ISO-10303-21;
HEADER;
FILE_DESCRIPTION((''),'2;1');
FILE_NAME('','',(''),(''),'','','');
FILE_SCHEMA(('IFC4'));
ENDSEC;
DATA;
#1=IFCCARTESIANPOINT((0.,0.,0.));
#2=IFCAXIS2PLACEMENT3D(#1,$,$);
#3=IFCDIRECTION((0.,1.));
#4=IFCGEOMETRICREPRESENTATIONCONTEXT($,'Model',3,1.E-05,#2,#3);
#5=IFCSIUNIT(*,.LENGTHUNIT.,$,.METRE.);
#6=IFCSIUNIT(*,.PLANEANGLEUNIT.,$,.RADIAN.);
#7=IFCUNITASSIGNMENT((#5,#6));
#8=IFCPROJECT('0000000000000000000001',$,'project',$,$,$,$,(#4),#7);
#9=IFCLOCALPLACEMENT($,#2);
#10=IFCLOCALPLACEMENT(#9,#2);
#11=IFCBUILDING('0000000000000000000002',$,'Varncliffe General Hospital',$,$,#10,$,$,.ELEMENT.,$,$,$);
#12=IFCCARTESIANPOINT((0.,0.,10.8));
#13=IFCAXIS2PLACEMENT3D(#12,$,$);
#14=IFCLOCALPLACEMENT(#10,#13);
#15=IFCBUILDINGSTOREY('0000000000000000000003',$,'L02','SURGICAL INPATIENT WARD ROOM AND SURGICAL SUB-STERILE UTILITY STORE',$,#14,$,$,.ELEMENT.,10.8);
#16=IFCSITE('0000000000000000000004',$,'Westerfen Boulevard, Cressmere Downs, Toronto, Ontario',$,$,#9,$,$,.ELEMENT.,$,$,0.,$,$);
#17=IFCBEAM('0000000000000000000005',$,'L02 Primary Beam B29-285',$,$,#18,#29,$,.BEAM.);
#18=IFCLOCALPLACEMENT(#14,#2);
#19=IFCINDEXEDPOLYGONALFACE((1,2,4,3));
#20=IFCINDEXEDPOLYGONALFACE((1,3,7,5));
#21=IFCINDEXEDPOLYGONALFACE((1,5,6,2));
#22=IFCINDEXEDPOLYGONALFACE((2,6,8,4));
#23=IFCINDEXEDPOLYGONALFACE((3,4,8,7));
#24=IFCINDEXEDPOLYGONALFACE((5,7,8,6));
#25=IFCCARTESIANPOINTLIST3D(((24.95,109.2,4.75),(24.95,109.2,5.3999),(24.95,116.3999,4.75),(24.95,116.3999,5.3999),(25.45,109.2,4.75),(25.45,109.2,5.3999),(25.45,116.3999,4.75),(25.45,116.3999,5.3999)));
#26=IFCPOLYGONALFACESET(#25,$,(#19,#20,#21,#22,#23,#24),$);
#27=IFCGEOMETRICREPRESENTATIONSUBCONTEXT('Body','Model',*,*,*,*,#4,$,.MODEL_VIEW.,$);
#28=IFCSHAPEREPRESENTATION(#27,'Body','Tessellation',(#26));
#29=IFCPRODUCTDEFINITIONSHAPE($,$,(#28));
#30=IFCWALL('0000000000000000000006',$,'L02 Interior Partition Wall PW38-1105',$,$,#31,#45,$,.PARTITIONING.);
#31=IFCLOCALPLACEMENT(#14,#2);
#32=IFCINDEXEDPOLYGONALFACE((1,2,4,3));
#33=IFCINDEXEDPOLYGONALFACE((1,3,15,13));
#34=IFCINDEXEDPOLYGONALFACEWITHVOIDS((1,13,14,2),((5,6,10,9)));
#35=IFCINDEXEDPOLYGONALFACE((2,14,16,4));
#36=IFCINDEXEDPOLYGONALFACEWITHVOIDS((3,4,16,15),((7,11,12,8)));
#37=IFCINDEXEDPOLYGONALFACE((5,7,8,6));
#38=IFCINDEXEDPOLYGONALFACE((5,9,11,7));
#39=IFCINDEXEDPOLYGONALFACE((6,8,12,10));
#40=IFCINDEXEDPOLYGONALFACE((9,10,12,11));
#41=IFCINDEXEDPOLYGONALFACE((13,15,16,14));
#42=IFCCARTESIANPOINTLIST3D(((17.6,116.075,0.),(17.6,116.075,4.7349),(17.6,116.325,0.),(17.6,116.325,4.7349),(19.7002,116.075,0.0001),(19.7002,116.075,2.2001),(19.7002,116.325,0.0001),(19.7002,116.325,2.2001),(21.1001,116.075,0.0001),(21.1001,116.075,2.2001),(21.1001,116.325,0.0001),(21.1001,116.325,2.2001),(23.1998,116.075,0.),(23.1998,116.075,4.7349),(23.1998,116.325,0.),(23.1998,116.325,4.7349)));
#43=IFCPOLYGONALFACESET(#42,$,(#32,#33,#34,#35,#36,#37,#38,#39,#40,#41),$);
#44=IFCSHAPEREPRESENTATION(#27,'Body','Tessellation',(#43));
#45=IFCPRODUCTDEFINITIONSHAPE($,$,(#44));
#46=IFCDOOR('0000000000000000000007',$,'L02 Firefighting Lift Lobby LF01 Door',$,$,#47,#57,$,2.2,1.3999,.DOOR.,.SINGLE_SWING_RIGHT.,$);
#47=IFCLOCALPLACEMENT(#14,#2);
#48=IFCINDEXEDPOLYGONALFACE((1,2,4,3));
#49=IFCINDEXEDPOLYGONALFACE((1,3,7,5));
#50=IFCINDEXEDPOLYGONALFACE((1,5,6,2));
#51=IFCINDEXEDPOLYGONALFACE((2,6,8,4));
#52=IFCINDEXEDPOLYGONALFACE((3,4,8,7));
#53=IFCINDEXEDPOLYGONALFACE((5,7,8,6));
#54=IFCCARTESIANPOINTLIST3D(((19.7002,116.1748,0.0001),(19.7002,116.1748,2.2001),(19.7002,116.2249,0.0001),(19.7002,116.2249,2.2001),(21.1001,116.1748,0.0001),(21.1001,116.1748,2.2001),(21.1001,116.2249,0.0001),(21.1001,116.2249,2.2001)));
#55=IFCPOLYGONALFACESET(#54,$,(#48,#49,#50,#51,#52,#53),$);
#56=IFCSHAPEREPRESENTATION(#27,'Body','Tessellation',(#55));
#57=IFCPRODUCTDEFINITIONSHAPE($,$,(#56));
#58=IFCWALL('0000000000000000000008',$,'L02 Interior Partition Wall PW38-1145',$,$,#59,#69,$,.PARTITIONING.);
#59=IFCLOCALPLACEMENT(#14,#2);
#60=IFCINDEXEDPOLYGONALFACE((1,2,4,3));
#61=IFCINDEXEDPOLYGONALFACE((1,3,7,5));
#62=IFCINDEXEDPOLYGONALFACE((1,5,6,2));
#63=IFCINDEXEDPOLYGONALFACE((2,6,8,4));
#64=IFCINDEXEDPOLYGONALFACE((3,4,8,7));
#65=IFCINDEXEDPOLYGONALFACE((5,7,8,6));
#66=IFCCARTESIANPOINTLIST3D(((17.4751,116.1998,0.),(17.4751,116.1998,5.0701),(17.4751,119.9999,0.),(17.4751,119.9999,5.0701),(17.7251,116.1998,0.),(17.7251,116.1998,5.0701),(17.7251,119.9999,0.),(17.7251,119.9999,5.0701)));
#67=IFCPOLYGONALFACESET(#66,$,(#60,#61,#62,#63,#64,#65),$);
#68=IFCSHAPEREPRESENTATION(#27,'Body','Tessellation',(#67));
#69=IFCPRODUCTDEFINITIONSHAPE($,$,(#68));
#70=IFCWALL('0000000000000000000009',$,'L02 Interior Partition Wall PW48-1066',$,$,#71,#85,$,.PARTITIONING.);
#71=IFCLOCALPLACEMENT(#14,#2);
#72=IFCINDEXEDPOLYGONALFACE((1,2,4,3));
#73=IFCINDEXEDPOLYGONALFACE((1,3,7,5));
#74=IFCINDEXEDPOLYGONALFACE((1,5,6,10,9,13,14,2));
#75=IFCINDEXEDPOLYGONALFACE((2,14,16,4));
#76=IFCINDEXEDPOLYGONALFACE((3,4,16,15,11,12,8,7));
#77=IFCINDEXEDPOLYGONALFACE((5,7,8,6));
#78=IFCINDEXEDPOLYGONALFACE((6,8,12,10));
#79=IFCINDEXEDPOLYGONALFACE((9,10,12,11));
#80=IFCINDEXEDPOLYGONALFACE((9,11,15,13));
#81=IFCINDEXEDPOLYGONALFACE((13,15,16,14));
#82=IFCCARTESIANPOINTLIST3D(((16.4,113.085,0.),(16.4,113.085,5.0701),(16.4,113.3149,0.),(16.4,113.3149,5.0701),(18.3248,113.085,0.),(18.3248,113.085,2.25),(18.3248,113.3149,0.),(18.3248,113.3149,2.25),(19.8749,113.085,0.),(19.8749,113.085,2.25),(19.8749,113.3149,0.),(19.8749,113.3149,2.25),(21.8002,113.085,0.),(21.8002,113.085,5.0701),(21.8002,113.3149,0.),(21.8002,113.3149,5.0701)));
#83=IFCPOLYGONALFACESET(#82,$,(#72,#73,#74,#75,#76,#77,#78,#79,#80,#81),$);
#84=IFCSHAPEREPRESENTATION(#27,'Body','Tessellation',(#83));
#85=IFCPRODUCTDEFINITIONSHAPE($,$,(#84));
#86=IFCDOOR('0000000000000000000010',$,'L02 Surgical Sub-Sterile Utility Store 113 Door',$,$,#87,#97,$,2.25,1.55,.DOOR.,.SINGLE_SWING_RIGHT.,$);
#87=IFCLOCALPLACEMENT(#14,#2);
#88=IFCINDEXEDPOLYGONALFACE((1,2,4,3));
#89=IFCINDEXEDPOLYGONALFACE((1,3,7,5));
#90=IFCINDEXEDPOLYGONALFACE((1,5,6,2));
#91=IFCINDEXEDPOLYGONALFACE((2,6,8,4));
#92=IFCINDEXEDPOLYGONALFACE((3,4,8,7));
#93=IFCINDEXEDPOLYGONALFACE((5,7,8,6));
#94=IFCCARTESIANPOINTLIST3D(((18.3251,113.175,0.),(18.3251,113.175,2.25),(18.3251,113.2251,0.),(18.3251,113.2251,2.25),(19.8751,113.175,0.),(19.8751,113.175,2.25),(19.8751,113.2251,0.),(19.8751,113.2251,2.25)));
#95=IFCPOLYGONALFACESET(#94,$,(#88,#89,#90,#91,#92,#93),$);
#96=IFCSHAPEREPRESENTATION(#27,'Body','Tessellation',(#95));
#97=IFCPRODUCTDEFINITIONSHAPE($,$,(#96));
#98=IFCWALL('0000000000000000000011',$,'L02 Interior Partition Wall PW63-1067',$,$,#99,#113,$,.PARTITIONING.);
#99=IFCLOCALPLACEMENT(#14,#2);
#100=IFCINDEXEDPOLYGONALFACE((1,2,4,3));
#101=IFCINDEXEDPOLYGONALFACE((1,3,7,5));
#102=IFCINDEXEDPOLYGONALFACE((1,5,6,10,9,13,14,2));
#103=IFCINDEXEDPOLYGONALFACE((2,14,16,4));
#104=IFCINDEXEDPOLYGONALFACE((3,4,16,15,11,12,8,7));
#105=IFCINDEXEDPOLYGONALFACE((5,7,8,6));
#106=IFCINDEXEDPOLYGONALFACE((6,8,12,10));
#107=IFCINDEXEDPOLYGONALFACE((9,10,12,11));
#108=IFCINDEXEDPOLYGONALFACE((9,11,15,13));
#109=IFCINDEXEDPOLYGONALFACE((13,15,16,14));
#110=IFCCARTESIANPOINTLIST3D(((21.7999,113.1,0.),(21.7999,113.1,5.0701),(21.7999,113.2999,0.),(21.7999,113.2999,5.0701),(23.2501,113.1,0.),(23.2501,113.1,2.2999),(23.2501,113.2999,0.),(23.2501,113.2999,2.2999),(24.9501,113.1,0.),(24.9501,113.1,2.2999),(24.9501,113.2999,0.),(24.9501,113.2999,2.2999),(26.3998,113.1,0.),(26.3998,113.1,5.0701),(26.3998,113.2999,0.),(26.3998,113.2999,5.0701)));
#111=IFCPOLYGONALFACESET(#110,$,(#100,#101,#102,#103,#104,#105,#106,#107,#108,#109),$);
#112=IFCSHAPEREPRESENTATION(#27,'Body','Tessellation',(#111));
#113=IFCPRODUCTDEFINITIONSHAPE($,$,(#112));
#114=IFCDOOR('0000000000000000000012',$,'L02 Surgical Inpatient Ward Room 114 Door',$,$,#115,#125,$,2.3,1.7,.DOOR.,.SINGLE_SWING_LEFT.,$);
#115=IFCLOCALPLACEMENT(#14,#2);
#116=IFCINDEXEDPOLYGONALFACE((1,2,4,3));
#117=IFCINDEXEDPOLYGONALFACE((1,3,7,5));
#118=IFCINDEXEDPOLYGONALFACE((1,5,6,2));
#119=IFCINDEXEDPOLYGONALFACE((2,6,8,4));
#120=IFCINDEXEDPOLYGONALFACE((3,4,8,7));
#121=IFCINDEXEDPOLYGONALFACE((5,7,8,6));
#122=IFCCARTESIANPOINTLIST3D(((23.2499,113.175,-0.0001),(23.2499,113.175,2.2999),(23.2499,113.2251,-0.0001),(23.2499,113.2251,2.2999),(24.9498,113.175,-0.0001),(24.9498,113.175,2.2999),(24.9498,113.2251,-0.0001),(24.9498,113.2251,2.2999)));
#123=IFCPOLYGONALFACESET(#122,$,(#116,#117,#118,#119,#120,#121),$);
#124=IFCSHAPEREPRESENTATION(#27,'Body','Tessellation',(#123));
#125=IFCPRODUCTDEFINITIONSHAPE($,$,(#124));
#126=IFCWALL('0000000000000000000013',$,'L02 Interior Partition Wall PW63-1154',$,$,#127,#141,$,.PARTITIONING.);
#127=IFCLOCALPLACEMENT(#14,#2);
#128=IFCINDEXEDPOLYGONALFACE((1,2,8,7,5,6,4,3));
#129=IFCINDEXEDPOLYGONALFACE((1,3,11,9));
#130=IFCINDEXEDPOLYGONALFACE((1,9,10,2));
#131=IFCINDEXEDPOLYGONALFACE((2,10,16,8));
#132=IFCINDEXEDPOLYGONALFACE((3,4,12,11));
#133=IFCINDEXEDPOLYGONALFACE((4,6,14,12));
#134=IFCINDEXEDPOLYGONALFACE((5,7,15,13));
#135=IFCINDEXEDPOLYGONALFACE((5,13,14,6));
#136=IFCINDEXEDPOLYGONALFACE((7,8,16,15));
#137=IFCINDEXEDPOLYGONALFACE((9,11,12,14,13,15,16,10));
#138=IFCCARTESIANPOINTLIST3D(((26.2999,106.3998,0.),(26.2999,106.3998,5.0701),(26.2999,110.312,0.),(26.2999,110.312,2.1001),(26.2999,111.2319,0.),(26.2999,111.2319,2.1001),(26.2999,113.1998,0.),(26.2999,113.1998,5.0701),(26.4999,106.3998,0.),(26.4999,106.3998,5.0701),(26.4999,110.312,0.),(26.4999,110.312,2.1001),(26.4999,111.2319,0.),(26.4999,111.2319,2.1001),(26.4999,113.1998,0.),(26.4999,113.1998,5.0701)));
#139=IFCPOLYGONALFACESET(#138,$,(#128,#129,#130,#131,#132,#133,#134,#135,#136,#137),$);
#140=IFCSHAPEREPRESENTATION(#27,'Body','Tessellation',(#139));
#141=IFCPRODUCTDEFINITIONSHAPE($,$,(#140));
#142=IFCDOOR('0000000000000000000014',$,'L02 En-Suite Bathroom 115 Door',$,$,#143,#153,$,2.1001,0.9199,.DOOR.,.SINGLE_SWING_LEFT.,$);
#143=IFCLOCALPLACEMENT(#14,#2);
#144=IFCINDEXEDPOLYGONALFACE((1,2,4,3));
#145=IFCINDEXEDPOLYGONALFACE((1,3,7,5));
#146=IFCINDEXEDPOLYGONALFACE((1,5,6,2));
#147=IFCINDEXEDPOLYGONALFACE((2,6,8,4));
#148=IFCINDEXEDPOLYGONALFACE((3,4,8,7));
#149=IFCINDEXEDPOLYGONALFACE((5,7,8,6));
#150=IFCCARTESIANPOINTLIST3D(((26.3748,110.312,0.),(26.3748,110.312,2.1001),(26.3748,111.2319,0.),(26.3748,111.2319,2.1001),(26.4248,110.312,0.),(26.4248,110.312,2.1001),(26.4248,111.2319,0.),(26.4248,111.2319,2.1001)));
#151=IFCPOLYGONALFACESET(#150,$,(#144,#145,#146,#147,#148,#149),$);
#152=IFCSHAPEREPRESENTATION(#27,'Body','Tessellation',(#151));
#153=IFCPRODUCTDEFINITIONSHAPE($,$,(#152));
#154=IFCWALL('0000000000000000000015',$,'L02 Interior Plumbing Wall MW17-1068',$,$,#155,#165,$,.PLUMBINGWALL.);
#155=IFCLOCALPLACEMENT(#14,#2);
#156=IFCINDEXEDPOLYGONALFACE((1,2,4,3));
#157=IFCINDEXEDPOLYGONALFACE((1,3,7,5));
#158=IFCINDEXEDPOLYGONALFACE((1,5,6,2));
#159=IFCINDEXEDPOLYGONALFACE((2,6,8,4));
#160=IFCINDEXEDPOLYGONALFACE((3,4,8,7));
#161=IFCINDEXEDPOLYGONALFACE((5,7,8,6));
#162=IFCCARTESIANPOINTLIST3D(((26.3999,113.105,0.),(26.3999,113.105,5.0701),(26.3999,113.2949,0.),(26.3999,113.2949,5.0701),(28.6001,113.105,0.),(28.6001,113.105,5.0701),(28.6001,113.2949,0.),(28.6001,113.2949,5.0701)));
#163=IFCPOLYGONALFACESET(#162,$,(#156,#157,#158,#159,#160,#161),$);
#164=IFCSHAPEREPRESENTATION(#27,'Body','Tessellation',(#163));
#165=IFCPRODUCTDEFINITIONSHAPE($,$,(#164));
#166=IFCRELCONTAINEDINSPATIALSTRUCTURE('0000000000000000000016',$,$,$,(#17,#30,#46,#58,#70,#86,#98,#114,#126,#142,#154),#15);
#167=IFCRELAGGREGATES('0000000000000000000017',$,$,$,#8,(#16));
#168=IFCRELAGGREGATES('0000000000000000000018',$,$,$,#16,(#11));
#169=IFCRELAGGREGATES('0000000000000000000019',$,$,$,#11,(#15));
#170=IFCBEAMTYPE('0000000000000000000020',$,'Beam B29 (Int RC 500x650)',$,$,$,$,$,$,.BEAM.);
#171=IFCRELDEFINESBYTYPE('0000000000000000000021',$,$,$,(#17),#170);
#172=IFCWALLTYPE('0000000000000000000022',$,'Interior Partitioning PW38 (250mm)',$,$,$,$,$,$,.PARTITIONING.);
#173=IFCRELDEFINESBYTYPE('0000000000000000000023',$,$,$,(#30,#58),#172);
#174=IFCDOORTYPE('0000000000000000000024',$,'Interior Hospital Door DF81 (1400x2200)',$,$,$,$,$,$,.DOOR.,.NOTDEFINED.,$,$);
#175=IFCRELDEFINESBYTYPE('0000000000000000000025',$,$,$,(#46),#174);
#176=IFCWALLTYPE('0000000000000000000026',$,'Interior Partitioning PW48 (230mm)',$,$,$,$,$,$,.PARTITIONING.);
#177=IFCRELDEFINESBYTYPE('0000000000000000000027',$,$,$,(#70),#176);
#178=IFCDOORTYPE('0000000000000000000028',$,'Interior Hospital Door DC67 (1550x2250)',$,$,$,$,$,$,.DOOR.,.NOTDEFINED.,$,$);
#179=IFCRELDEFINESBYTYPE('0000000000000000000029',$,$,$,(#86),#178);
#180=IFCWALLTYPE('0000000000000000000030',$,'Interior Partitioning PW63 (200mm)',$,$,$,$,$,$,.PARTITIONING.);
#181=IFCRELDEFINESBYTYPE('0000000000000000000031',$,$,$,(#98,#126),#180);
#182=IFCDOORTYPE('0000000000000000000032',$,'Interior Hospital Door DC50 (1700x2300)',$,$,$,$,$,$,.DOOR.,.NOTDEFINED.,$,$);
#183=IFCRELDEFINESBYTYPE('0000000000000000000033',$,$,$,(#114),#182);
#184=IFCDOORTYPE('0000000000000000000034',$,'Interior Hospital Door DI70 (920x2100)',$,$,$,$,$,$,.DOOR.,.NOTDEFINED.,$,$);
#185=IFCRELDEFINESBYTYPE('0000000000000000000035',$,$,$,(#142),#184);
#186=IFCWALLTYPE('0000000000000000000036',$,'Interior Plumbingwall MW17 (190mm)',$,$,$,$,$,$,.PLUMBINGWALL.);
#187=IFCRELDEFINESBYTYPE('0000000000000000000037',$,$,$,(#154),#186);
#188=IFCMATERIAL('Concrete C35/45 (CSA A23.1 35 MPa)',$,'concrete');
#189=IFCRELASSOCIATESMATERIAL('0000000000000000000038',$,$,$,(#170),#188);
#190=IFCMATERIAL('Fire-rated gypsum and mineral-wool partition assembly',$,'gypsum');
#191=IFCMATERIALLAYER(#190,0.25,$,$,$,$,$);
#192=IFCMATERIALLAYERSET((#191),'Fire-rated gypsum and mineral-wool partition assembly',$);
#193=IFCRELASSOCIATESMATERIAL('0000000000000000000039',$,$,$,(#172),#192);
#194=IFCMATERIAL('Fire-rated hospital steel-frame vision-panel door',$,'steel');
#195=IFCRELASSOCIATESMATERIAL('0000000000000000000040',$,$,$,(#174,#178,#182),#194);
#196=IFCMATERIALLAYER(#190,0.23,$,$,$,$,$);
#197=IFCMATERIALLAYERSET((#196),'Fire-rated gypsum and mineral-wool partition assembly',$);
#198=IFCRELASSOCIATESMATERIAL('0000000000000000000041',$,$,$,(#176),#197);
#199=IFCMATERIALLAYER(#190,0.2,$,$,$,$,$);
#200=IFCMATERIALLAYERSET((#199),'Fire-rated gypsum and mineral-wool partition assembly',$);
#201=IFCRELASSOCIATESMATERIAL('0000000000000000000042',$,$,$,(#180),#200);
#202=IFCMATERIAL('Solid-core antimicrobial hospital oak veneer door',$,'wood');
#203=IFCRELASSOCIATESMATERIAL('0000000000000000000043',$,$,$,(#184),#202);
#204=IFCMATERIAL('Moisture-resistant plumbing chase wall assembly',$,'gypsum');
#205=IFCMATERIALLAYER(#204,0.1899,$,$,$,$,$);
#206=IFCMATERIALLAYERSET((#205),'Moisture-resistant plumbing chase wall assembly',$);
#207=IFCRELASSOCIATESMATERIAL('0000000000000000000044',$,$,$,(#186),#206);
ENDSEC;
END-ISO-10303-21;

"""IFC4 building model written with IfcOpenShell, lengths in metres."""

from ifc_helpers import new_model, si_unit, direction, frame, frame_2d, origin, origin_2d, place, context, subcontext, project, spatial, rectangle, extrude, material, layer, layer_set, material_profile, profile_set, type_object, element, fill, save


model = new_model("IFC4")

# Units and contexts
model_context = context("Model", 3, precision=1e-05, world=origin(), true_north=direction((0.0, 1.0)))
body_context = subcontext(model_context, "Body", "Model", "MODEL_VIEW")
ifc_project = project(units=[si_unit("LENGTHUNIT", "METRE"), si_unit("PLANEANGLEUNIT", "RADIAN")], contexts=[model_context])

# Site, building, storey
site_placement = place(None, origin())
site = spatial("IfcSite", under=ifc_project, at=site_placement, Name="Westerfen Boulevard, Cressmere Downs, Toronto, Ontario", CompositionType="ELEMENT", RefElevation=0.0)
building_placement = place(site_placement, origin())
building = spatial("IfcBuilding", under=site, at=building_placement, Name="Varncliffe General Hospital", CompositionType="ELEMENT")
storey_placement = place(building_placement, frame((0.0, 0.0, 10.8)))
storey = spatial("IfcBuildingStorey", under=building, at=storey_placement, Name="L02", Description="SURGICAL INPATIENT WARD ROOM AND SURGICAL SUB-STERILE UTILITY STORE", CompositionType="ELEMENT", Elevation=10.8)

# Beam
ifc_material_1 = material(Name="Concrete C35/45 (CSA A23.1 35 MPa)", Category="concrete")
ifc_material_profile_1 = material_profile(ifc_material_1, rectangle(XDim=0.5, YDim=0.6499, at=origin_2d()), Name="RC 500x650")
ifc_profile_set_1 = profile_set([ifc_material_profile_1], Name="Concrete C35/45 (CSA A23.1 35 MPa)")
beam_type = type_object("IfcBeamType", Name="Beam B29 (Int RC 500x650)", PredefinedType="BEAM", material=ifc_profile_set_1)
beam_1_placement = place(storey_placement, frame((25.2, 109.2, 5.075), z_axis=(0.0, 1.0, 0.0), x_axis=(-1.0, 0.0, 0.0)))
element("IfcBeam", 1, at=beam_1_placement, inside=storey, type_object=beam_type, Name="L02 Primary Beam B29-285", PredefinedType="BEAM", context=body_context, shape_type="SweptSolid", body=[
    extrude(rectangle(XDim=0.5, YDim=0.6499, at=origin_2d()), origin(), (0.0, 0.0, 1.0), 7.2),
])

# Wall, opening, door
ifc_material_2 = material(Name="Fire-rated gypsum and mineral-wool partition assembly", Category="gypsum")
ifc_layer_1 = layer(ifc_material_2, 0.25)
ifc_layer_set_1 = layer_set([ifc_layer_1], Name="Fire-rated gypsum and mineral-wool partition assembly")
wall_type_1 = type_object("IfcWallType", Name="Interior Partitioning PW38 (250mm)", PredefinedType="PARTITIONING", material=ifc_layer_set_1)
wall_1_placement = place(storey_placement, frame((17.6001, 116.2, 0.0), z_axis=(0.0, 0.0, 1.0), x_axis=(1.0, 0.0, 0.0)))
wall_1 = element("IfcWall", 2, at=wall_1_placement, inside=storey, type_object=wall_type_1, Name="L02 Interior Partition Wall PW38-1105", PredefinedType="PARTITIONING", context=body_context, shape_type="SweptSolid", body=[
    extrude(rectangle(XDim=5.5999, YDim=0.25, at=frame_2d((2.7998, 0.0))), origin(), (0.0, 0.0, 1.0), 4.7349),
])
opening_1_placement = place(wall_1_placement, frame((2.1001, 0.0, 0.0)))
opening_1 = element("IfcOpeningElement", 3, at=opening_1_placement, cuts=wall_1, PredefinedType="OPENING", context=body_context, shape_type="SweptSolid", body=[
    extrude(rectangle(XDim=1.3999, YDim=2.2, at=frame_2d((0.7, 1.1001))), frame((0.0, 0.135, 0.0), z_axis=(0.0, -1.0, 0.0), x_axis=(1.0, 0.0, 0.0)), (0.0, 0.0, 1.0), 0.27),
])
ifc_material_3 = material(Name="Fire-rated hospital steel-frame vision-panel door", Category="steel")
door_type_1 = type_object("IfcDoorType", Name="Interior Hospital Door DF81 (1400x2200)", OperationType="NOTDEFINED", PredefinedType="DOOR", material=ifc_material_3)
door_1_placement = place(opening_1_placement, origin())
door_1 = element("IfcDoor", 4, at=door_1_placement, inside=storey, type_object=door_type_1, Name="L02 Firefighting Lift Lobby LF01 Door", OperationType="SINGLE_SWING_RIGHT", OverallHeight=2.2, OverallWidth=1.3999, PredefinedType="DOOR", context=body_context, shape_type="SweptSolid", body=[
    extrude(rectangle(XDim=1.3999, YDim=2.2, at=frame_2d((0.7, 1.1001))), frame((0.0, 0.0249, 0.0), z_axis=(0.0, -1.0, 0.0), x_axis=(1.0, 0.0, 0.0)), (0.0, 0.0, 1.0), 0.05),
])
fill(opening_1, door_1)

# Wall
wall_2_placement = place(storey_placement, frame((17.6001, 116.2, 0.0), z_axis=(0.0, 0.0, 1.0), x_axis=(0.0, 1.0, 0.0)))
element("IfcWall", 5, at=wall_2_placement, inside=storey, type_object=wall_type_1, Name="L02 Interior Partition Wall PW38-1145", PredefinedType="PARTITIONING", context=body_context, shape_type="SweptSolid", body=[
    extrude(rectangle(XDim=3.8, YDim=0.25, at=frame_2d((1.8999, 0.0))), origin(), (0.0, 0.0, 1.0), 5.0701),
])

# Walls, openings, doors
ifc_layer_2 = layer(ifc_material_2, 0.23)
ifc_layer_set_2 = layer_set([ifc_layer_2], Name="Fire-rated gypsum and mineral-wool partition assembly")
wall_type_2 = type_object("IfcWallType", Name="Interior Partitioning PW48 (230mm)", PredefinedType="PARTITIONING", material=ifc_layer_set_2)
wall_3_placement = place(storey_placement, frame((16.3999, 113.2, 0.0), z_axis=(0.0, 0.0, 1.0), x_axis=(1.0, 0.0, 0.0)))
wall_3 = element("IfcWall", 6, at=wall_3_placement, inside=storey, type_object=wall_type_2, Name="L02 Interior Partition Wall PW48-1066", PredefinedType="PARTITIONING", context=body_context, shape_type="SweptSolid", body=[
    extrude(rectangle(XDim=5.4001, YDim=0.23, at=frame_2d((2.7002, 0.0))), origin(), (0.0, 0.0, 1.0), 5.0701),
])
opening_2_placement = place(wall_3_placement, frame((1.925, 0.0, 0.0)))
opening_2 = element("IfcOpeningElement", 7, at=opening_2_placement, cuts=wall_3, PredefinedType="OPENING", context=body_context, shape_type="SweptSolid", body=[
    extrude(rectangle(XDim=1.55, YDim=2.25, at=frame_2d((0.7749, 1.125))), frame((0.0, 0.125, 0.0), z_axis=(0.0, -1.0, 0.0), x_axis=(1.0, 0.0, 0.0)), (0.0, 0.0, 1.0), 0.25),
])
door_type_2 = type_object("IfcDoorType", Name="Interior Hospital Door DC67 (1550x2250)", OperationType="NOTDEFINED", PredefinedType="DOOR", material=ifc_material_3)
door_2_placement = place(opening_2_placement, frame((1.55, 0.0, 0.0), z_axis=(0.0, 0.0, 1.0), x_axis=(-1.0, 0.0, 0.0)))
door_2 = element("IfcDoor", 8, at=door_2_placement, inside=storey, type_object=door_type_2, Name="L02 Surgical Sub-Sterile Utility Store 113 Door", OperationType="SINGLE_SWING_RIGHT", OverallHeight=2.25, OverallWidth=1.55, PredefinedType="DOOR", context=body_context, shape_type="SweptSolid", body=[
    extrude(rectangle(XDim=1.55, YDim=2.25, at=frame_2d((0.7749, 1.125))), frame((0.0, 0.0249, 0.0), z_axis=(0.0, -1.0, 0.0), x_axis=(1.0, 0.0, 0.0)), (0.0, 0.0, 1.0), 0.05),
])
fill(opening_2, door_2)
ifc_layer_3 = layer(ifc_material_2, 0.2)
ifc_layer_set_3 = layer_set([ifc_layer_3], Name="Fire-rated gypsum and mineral-wool partition assembly")
wall_type_3 = type_object("IfcWallType", Name="Interior Partitioning PW63 (200mm)", PredefinedType="PARTITIONING", material=ifc_layer_set_3)
wall_4_placement = place(storey_placement, frame((21.8, 113.2, 0.0), z_axis=(0.0, 0.0, 1.0), x_axis=(1.0, 0.0, 0.0)))
wall_4 = element("IfcWall", 9, at=wall_4_placement, inside=storey, type_object=wall_type_3, Name="L02 Interior Partition Wall PW63-1067", PredefinedType="PARTITIONING", context=body_context, shape_type="SweptSolid", body=[
    extrude(rectangle(XDim=4.5999, YDim=0.2, at=frame_2d((2.2998, 0.0))), origin(), (0.0, 0.0, 1.0), 5.0701),
])
opening_3_placement = place(wall_4_placement, frame((1.45, 0.0, 0.0)))
opening_3 = element("IfcOpeningElement", 10, at=opening_3_placement, cuts=wall_4, PredefinedType="OPENING", context=body_context, shape_type="SweptSolid", body=[
    extrude(rectangle(XDim=1.7, YDim=2.3, at=frame_2d((0.8501, 1.1499))), frame((0.0, 0.1099, 0.0), z_axis=(0.0, -1.0, 0.0), x_axis=(1.0, 0.0, 0.0)), (0.0, 0.0, 1.0), 0.22),
])
door_type_3 = type_object("IfcDoorType", Name="Interior Hospital Door DC50 (1700x2300)", OperationType="NOTDEFINED", PredefinedType="DOOR", material=ifc_material_3)
door_3_placement = place(opening_3_placement, frame((1.7, 0.0, 0.0), z_axis=(0.0, 0.0, 1.0), x_axis=(-1.0, 0.0, 0.0)))
door_3 = element("IfcDoor", 11, at=door_3_placement, inside=storey, type_object=door_type_3, Name="L02 Surgical Inpatient Ward Room 114 Door", OperationType="SINGLE_SWING_LEFT", OverallHeight=2.3, OverallWidth=1.7, PredefinedType="DOOR", context=body_context, shape_type="SweptSolid", body=[
    extrude(rectangle(XDim=1.7, YDim=2.3, at=frame_2d((0.8501, 1.1499))), frame((0.0, 0.0249, 0.0), z_axis=(0.0, -1.0, 0.0), x_axis=(1.0, 0.0, 0.0)), (0.0, 0.0, 1.0), 0.05),
])
fill(opening_3, door_3)
wall_5_placement = place(storey_placement, frame((26.3999, 106.3999, 0.0), z_axis=(0.0, 0.0, 1.0), x_axis=(0.0, 1.0, 0.0)))
wall_5 = element("IfcWall", 12, at=wall_5_placement, inside=storey, type_object=wall_type_3, Name="L02 Interior Partition Wall PW63-1154", PredefinedType="PARTITIONING", context=body_context, shape_type="SweptSolid", body=[
    extrude(rectangle(XDim=6.8, YDim=0.2, at=frame_2d((3.3999, 0.0))), origin(), (0.0, 0.0, 1.0), 5.0701),
])
opening_4_placement = place(wall_5_placement, frame((3.9121, 0.0, 0.0)))
opening_4 = element("IfcOpeningElement", 13, at=opening_4_placement, cuts=wall_5, PredefinedType="OPENING", context=body_context, shape_type="SweptSolid", body=[
    extrude(rectangle(XDim=0.9199, YDim=2.1001, at=frame_2d((0.46, 1.05))), frame((0.0, 0.1099, 0.0), z_axis=(0.0, -1.0, 0.0), x_axis=(1.0, 0.0, 0.0)), (0.0, 0.0, 1.0), 0.22),
])
ifc_material_4 = material(Name="Solid-core antimicrobial hospital oak veneer door", Category="wood")
door_type_4 = type_object("IfcDoorType", Name="Interior Hospital Door DI70 (920x2100)", OperationType="NOTDEFINED", PredefinedType="DOOR", material=ifc_material_4)
door_4_placement = place(opening_4_placement, frame((0.9199, 0.0, 0.0), z_axis=(0.0, 0.0, 1.0), x_axis=(-1.0, 0.0, 0.0)))
door_4 = element("IfcDoor", 14, at=door_4_placement, inside=storey, type_object=door_type_4, Name="L02 En-Suite Bathroom 115 Door", OperationType="SINGLE_SWING_LEFT", OverallHeight=2.1001, OverallWidth=0.9199, PredefinedType="DOOR", context=body_context, shape_type="SweptSolid", body=[
    extrude(rectangle(XDim=0.9199, YDim=2.1001, at=frame_2d((0.46, 1.05))), frame((0.0, 0.0249, 0.0), z_axis=(0.0, -1.0, 0.0), x_axis=(1.0, 0.0, 0.0)), (0.0, 0.0, 1.0), 0.05),
])
fill(opening_4, door_4)

# Wall
ifc_material_5 = material(Name="Moisture-resistant plumbing chase wall assembly", Category="gypsum")
ifc_layer_4 = layer(ifc_material_5, 0.1899)
ifc_layer_set_4 = layer_set([ifc_layer_4], Name="Moisture-resistant plumbing chase wall assembly")
wall_type_4 = type_object("IfcWallType", Name="Interior Plumbingwall MW17 (190mm)", PredefinedType="PLUMBINGWALL", material=ifc_layer_set_4)
wall_6_placement = place(storey_placement, frame((26.3999, 113.2, 0.0), z_axis=(0.0, 0.0, 1.0), x_axis=(1.0, 0.0, 0.0)))
element("IfcWall", 15, at=wall_6_placement, inside=storey, type_object=wall_type_4, Name="L02 Interior Plumbing Wall MW17-1068", PredefinedType="PLUMBINGWALL", context=body_context, shape_type="SweptSolid", body=[
    extrude(rectangle(XDim=2.2002, YDim=0.1899, at=frame_2d((1.1001, 0.0))), origin(), (0.0, 0.0, 1.0), 5.0701),
])

save(model, "model.ifc")
